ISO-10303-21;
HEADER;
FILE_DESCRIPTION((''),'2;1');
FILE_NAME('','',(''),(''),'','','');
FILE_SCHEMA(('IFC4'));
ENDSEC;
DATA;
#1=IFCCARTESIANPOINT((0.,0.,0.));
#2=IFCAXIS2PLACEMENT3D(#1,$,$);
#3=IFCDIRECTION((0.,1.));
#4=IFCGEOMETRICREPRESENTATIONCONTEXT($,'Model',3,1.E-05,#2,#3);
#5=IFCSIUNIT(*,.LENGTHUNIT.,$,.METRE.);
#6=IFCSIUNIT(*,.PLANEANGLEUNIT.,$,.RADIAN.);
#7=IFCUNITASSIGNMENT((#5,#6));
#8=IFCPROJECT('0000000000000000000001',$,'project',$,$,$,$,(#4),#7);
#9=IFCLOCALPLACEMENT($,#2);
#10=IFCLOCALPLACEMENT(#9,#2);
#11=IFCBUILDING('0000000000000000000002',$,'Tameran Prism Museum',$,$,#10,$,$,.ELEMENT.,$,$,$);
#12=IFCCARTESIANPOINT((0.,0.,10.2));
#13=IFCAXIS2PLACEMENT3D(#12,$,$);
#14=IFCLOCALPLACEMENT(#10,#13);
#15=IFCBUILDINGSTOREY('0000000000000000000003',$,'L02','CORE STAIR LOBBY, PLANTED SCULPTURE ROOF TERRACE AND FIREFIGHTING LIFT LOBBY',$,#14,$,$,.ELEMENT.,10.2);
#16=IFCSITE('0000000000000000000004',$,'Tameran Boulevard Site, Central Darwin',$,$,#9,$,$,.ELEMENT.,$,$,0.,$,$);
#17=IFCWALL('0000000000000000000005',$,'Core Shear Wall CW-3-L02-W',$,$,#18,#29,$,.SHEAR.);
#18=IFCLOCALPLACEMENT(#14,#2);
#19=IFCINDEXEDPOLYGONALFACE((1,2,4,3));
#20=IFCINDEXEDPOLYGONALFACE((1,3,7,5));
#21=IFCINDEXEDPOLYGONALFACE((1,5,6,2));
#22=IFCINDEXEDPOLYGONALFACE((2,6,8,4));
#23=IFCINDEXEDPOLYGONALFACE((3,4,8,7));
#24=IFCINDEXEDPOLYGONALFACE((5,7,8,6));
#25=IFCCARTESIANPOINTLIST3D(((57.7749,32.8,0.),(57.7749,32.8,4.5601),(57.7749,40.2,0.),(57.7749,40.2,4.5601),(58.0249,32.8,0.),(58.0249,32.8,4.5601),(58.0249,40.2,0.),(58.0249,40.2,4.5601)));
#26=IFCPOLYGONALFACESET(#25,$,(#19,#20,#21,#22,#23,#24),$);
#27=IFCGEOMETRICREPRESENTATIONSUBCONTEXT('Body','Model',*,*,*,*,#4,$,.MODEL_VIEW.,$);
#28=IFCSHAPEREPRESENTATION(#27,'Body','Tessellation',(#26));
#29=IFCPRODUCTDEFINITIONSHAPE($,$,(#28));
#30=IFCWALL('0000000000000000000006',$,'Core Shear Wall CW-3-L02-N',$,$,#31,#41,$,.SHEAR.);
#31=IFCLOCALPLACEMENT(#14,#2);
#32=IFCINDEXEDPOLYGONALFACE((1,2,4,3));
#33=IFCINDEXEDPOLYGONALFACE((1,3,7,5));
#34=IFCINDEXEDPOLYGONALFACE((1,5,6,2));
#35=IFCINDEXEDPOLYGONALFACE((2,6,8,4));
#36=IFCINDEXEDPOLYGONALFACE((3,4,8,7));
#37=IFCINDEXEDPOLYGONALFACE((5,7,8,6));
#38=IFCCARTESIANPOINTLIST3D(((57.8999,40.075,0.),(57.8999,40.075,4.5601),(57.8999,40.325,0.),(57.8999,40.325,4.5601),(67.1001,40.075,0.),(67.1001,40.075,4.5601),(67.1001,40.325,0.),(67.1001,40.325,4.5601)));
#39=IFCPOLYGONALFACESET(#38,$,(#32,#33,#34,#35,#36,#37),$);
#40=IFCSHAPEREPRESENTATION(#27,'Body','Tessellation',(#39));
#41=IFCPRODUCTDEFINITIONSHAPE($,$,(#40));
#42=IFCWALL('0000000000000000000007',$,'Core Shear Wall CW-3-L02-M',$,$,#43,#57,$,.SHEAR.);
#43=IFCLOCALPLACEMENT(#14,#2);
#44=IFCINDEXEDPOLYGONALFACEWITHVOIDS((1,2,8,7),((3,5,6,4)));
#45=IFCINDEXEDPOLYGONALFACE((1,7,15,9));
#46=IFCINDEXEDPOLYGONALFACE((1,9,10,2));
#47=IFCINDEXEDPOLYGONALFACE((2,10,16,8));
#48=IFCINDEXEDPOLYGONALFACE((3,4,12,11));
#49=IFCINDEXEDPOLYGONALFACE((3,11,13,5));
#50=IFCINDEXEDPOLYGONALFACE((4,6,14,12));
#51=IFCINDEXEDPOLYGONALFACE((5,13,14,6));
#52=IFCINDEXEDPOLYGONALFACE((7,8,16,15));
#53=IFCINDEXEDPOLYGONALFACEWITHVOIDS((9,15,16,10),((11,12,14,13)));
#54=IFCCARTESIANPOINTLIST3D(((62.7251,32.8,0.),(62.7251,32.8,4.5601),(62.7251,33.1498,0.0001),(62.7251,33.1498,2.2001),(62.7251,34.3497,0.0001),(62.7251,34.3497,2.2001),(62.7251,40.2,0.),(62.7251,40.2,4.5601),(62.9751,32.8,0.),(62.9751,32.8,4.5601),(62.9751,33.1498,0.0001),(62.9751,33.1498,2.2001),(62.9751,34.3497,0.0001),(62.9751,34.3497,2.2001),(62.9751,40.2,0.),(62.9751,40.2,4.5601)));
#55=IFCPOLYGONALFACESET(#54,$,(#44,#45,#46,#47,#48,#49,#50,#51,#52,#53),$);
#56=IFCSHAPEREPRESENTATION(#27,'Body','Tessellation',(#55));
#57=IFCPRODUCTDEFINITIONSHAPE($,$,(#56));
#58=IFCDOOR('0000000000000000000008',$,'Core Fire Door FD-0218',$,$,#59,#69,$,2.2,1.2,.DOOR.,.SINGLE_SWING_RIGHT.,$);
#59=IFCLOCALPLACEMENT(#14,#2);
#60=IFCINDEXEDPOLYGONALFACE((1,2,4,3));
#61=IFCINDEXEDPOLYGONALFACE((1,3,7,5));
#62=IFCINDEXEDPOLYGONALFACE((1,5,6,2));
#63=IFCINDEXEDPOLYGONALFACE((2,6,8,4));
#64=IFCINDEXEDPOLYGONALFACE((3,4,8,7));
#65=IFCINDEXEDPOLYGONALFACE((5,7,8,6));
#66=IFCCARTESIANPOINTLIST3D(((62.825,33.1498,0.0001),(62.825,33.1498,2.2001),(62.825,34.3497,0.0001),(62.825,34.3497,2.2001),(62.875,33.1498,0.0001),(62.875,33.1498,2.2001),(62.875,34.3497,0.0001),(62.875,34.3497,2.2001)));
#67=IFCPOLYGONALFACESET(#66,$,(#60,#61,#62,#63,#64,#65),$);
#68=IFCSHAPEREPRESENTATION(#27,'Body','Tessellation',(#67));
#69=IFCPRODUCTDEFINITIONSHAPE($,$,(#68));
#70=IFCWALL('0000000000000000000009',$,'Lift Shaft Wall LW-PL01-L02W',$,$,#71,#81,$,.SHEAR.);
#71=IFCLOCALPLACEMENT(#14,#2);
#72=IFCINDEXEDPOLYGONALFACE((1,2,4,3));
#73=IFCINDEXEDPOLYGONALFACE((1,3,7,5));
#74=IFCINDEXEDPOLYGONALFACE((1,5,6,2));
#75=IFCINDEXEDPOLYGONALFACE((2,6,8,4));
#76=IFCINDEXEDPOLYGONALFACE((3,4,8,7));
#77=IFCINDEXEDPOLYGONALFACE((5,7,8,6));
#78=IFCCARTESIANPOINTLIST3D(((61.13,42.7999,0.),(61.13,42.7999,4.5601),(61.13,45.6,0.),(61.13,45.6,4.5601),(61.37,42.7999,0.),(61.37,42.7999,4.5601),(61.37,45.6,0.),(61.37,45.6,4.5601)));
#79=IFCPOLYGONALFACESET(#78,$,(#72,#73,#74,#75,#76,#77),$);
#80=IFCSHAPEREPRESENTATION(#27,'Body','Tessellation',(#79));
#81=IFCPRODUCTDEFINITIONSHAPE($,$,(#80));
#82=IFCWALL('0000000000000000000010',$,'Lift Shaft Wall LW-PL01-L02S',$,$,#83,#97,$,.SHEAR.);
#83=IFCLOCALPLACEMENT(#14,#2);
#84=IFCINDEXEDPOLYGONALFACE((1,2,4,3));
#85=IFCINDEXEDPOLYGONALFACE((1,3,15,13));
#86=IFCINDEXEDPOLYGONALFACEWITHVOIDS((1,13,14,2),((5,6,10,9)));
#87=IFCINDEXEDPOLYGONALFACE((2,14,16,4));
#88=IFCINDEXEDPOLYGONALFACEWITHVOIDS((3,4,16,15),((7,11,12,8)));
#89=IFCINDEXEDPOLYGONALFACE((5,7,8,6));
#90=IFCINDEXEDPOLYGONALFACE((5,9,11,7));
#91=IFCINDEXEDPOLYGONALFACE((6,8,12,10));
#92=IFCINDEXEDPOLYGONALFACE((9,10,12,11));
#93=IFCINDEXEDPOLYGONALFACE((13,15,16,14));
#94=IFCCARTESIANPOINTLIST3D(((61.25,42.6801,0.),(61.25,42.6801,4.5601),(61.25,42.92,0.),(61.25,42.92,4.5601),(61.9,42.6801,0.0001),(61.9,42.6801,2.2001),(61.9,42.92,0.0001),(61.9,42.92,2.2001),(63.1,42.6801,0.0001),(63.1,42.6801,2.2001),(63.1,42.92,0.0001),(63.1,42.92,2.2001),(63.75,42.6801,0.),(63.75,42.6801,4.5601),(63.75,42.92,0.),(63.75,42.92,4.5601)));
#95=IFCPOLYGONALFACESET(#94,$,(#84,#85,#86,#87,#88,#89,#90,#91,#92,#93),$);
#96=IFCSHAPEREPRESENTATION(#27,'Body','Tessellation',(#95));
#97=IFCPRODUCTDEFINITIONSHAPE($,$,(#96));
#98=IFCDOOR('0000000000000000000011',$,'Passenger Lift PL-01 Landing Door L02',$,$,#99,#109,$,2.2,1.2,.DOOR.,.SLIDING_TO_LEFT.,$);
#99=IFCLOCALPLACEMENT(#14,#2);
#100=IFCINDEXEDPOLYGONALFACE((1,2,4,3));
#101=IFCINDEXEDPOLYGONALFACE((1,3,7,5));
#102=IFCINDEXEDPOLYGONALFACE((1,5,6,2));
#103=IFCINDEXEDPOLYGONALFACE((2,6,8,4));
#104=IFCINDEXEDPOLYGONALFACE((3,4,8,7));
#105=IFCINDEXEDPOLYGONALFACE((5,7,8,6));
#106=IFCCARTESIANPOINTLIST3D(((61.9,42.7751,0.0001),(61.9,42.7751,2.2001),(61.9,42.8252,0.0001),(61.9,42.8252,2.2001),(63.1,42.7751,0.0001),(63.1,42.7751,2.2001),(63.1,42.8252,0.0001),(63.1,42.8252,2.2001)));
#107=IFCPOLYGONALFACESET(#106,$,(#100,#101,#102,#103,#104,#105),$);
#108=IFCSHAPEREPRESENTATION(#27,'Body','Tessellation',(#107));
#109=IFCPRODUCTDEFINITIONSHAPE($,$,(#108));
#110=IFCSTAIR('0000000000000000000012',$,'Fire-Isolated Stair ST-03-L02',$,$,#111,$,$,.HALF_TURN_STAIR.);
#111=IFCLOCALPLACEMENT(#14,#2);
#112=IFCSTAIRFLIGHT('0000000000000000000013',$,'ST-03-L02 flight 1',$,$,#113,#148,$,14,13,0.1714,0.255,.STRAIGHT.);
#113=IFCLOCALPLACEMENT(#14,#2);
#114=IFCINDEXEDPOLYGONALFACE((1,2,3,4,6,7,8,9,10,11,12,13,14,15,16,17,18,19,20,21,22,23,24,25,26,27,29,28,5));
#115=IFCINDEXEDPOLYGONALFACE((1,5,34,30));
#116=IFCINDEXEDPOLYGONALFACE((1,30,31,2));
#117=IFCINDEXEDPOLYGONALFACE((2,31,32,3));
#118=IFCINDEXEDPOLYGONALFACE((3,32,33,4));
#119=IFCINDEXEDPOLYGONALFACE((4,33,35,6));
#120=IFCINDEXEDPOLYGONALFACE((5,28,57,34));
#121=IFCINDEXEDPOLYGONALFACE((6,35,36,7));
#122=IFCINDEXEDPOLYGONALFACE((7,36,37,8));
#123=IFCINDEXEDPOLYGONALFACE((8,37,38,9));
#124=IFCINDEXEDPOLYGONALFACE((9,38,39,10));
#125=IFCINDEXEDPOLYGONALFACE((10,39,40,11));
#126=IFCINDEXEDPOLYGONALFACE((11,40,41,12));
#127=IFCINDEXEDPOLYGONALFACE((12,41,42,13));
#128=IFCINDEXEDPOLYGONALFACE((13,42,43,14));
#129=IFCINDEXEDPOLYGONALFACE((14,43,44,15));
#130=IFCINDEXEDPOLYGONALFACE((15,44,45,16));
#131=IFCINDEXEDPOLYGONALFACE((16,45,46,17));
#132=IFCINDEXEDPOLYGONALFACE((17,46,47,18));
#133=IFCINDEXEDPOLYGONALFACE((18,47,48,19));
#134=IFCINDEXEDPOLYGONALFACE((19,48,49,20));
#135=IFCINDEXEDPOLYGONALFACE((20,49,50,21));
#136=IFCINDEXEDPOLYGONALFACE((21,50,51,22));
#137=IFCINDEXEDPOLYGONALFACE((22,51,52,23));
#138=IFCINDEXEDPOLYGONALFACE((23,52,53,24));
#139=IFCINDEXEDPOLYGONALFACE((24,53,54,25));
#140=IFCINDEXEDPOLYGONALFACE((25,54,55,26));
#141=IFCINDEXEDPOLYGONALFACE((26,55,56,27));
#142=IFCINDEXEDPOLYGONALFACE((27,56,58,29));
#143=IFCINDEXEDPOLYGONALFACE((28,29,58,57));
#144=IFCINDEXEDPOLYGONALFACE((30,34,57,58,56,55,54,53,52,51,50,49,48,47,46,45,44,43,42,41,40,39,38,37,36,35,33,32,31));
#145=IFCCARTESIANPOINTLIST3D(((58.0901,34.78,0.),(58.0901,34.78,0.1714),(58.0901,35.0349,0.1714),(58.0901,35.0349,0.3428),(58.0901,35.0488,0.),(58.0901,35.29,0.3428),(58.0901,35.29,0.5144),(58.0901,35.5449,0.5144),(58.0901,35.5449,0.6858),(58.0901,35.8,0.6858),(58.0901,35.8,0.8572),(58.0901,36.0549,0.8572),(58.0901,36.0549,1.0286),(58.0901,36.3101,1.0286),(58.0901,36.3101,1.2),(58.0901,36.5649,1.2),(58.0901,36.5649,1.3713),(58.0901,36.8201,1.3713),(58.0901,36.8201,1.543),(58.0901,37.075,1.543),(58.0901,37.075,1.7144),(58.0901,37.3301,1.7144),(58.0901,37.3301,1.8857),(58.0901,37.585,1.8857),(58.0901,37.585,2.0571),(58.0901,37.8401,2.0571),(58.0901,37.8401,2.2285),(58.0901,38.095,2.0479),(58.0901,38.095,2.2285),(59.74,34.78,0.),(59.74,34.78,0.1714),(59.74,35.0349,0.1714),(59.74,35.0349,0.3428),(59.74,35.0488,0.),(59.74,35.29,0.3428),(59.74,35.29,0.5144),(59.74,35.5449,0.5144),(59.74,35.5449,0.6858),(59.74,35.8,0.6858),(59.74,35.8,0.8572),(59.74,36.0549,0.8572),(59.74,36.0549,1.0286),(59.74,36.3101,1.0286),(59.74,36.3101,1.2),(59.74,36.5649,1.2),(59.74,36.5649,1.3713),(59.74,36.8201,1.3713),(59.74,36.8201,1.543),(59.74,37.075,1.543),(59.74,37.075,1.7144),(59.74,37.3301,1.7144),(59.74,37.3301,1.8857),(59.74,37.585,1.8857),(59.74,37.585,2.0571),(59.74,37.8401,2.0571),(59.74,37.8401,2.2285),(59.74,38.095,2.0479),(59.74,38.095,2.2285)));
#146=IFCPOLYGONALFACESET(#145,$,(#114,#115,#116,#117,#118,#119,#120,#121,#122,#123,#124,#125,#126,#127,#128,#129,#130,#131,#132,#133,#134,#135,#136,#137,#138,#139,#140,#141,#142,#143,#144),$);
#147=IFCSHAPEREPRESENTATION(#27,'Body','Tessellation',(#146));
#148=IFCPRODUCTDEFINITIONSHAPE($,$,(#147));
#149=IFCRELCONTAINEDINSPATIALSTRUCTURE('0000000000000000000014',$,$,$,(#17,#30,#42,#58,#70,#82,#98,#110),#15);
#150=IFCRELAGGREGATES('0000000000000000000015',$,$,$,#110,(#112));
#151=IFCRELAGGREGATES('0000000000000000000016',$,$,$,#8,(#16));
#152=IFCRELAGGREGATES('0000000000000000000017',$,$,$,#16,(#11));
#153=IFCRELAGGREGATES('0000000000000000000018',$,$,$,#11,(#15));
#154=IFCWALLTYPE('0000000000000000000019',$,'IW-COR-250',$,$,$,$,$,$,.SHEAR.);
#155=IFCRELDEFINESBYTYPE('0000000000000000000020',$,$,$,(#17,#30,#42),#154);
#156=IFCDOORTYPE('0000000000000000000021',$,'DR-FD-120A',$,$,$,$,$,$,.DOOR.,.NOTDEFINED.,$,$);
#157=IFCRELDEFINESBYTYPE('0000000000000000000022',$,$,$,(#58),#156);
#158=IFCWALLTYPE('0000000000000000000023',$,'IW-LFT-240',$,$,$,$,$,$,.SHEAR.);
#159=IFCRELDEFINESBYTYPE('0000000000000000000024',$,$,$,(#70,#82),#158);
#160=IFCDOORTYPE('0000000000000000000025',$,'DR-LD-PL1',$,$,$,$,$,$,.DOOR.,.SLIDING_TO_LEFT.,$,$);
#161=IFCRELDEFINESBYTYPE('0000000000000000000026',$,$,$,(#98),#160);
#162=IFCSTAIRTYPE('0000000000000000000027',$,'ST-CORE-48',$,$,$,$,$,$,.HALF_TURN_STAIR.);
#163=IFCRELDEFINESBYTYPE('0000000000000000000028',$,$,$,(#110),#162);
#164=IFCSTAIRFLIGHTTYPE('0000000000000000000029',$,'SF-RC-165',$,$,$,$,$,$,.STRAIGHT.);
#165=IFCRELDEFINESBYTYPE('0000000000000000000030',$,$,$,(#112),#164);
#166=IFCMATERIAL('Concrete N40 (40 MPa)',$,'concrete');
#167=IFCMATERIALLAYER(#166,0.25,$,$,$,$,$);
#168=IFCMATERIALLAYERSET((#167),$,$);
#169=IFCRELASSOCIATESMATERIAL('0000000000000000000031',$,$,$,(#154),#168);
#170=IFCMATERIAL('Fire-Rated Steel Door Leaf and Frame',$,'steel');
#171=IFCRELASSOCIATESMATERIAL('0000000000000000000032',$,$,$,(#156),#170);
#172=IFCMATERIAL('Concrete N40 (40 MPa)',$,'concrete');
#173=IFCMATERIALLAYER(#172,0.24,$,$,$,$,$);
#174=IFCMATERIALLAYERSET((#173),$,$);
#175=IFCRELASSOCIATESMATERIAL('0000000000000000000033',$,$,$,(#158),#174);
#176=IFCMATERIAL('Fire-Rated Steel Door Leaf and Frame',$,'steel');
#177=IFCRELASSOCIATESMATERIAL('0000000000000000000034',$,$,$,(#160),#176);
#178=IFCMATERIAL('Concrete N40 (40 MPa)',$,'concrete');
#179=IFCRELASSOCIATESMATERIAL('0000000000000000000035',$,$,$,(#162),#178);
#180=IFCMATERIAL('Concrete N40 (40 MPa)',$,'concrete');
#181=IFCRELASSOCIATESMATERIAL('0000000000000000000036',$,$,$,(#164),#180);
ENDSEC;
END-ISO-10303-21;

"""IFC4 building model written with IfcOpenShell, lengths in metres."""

from ifc_helpers import new_model, si_unit, direction, frame, frame_2d, origin, place, context, subcontext, project, spatial, polyline, rectangle, outline, extrude, material, layer, layer_set, type_object, element, fill, aggregate, save


model = new_model("IFC4")

# Units and contexts
model_context = context("Model", 3, precision=1e-05, world=origin(), true_north=direction((0.0, 1.0)))
body_context = subcontext(model_context, "Body", "Model", "MODEL_VIEW")
ifc_project = project(units=[si_unit("LENGTHUNIT", "METRE"), si_unit("PLANEANGLEUNIT", "RADIAN")], contexts=[model_context])

# Site, building, storey
site_placement = place(None, origin())
site = spatial("IfcSite", under=ifc_project, at=site_placement, Name="Tameran Boulevard Site, Central Darwin", CompositionType="ELEMENT", RefElevation=0.0)
building_placement = place(site_placement, origin())
building = spatial("IfcBuilding", under=site, at=building_placement, Name="Tameran Prism Museum", CompositionType="ELEMENT")
storey_placement = place(building_placement, frame((0.0, 0.0, 10.2)))
storey = spatial("IfcBuildingStorey", under=building, at=storey_placement, Name="L02", Description="CORE STAIR LOBBY, PLANTED SCULPTURE ROOF TERRACE AND FIREFIGHTING LIFT LOBBY", CompositionType="ELEMENT", Elevation=10.2)

# Walls
ifc_material_1 = material(Name="Concrete N40 (40 MPa)", Category="concrete")
ifc_layer_1 = layer(ifc_material_1, 0.25)
ifc_layer_set_1 = layer_set([ifc_layer_1])
wall_type_1 = type_object("IfcWallType", Name="IW-COR-250", PredefinedType="SHEAR", material=ifc_layer_set_1)
wall_1_placement = place(storey_placement, frame((57.8999, 32.8, 0.0), z_axis=(0.0, 0.0, 1.0), x_axis=(0.0, 1.0, 0.0)))
element("IfcWall", 1, at=wall_1_placement, inside=storey, type_object=wall_type_1, Name="Core Shear Wall CW-3-L02-W", PredefinedType="SHEAR", context=body_context, shape_type="SweptSolid", body=[
    extrude(rectangle(XDim=7.3999, YDim=0.25, at=frame_2d((3.7, 0.0))), origin(), (0.0, 0.0, 1.0), 4.5601),
])
wall_2_placement = place(storey_placement, frame((57.8999, 40.2, 0.0), z_axis=(0.0, 0.0, 1.0), x_axis=(1.0, 0.0, 0.0)))
element("IfcWall", 2, at=wall_2_placement, inside=storey, type_object=wall_type_1, Name="Core Shear Wall CW-3-L02-N", PredefinedType="SHEAR", context=body_context, shape_type="SweptSolid", body=[
    extrude(rectangle(XDim=9.2002, YDim=0.25, at=frame_2d((4.6001, 0.0))), origin(), (0.0, 0.0, 1.0), 4.5601),
])

# Wall, opening, door
wall_3_placement = place(storey_placement, frame((62.8501, 40.2, 0.0), z_axis=(0.0, 0.0, 1.0), x_axis=(0.0, -1.0, 0.0)))
wall_3 = element("IfcWall", 3, at=wall_3_placement, inside=storey, type_object=wall_type_1, Name="Core Shear Wall CW-3-L02-M", PredefinedType="SHEAR", context=body_context, shape_type="SweptSolid", body=[
    extrude(rectangle(XDim=7.3999, YDim=0.25, at=frame_2d((3.7, 0.0))), origin(), (0.0, 0.0, 1.0), 4.5601),
])
opening_1_placement = place(wall_3_placement, frame((5.8501, 0.0, 0.0)))
opening_1 = element("IfcOpeningElement", 4, at=opening_1_placement, cuts=wall_3, PredefinedType="OPENING", context=body_context, shape_type="SweptSolid", body=[
    extrude(rectangle(XDim=1.2, YDim=2.2, at=frame_2d((0.6001, 1.1001))), frame((0.0, 0.135, 0.0), z_axis=(0.0, -1.0, 0.0), x_axis=(1.0, 0.0, 0.0)), (0.0, 0.0, 1.0), 0.27),
])
ifc_material_2 = material(Name="Fire-Rated Steel Door Leaf and Frame", Category="steel")
door_type_1 = type_object("IfcDoorType", Name="DR-FD-120A", OperationType="NOTDEFINED", PredefinedType="DOOR", material=ifc_material_2)
door_1_placement = place(opening_1_placement, origin())
door_1 = element("IfcDoor", 5, at=door_1_placement, inside=storey, type_object=door_type_1, Name="Core Fire Door FD-0218", OperationType="SINGLE_SWING_RIGHT", OverallHeight=2.2, OverallWidth=1.2, PredefinedType="DOOR", context=body_context, shape_type="SweptSolid", body=[
    extrude(rectangle(XDim=1.2, YDim=2.2, at=frame_2d((0.6001, 1.1001))), frame((0.0, 0.0249, 0.0), z_axis=(0.0, -1.0, 0.0), x_axis=(1.0, 0.0, 0.0)), (0.0, 0.0, 1.0), 0.05),
])
fill(opening_1, door_1)

# Wall
ifc_material_3 = material(Name="Concrete N40 (40 MPa)", Category="concrete")
ifc_layer_2 = layer(ifc_material_3, 0.24)
ifc_layer_set_2 = layer_set([ifc_layer_2])
wall_type_2 = type_object("IfcWallType", Name="IW-LFT-240", PredefinedType="SHEAR", material=ifc_layer_set_2)
wall_4_placement = place(storey_placement, frame((61.25, 42.8, 0.0), z_axis=(0.0, 0.0, 1.0), x_axis=(0.0, 1.0, 0.0)))
element("IfcWall", 6, at=wall_4_placement, inside=storey, type_object=wall_type_2, Name="Lift Shaft Wall LW-PL01-L02W", PredefinedType="SHEAR", context=body_context, shape_type="SweptSolid", body=[
    extrude(rectangle(XDim=2.8, YDim=0.24, at=frame_2d((1.3999, 0.0))), origin(), (0.0, 0.0, 1.0), 4.5601),
])

# Wall, opening, door
wall_5_placement = place(storey_placement, frame((63.75, 42.8, 0.0), z_axis=(0.0, 0.0, 1.0), x_axis=(-1.0, 0.0, 0.0)))
wall_5 = element("IfcWall", 7, at=wall_5_placement, inside=storey, type_object=wall_type_2, Name="Lift Shaft Wall LW-PL01-L02S", PredefinedType="SHEAR", context=body_context, shape_type="SweptSolid", body=[
    extrude(rectangle(XDim=2.5, YDim=0.24, at=frame_2d((1.25, 0.0))), origin(), (0.0, 0.0, 1.0), 4.5601),
])
opening_2_placement = place(wall_5_placement, frame((0.6499, 0.0, 0.0)))
opening_2 = element("IfcOpeningElement", 8, at=opening_2_placement, cuts=wall_5, PredefinedType="OPENING", context=body_context, shape_type="SweptSolid", body=[
    extrude(rectangle(XDim=1.2, YDim=2.2, at=frame_2d((0.6001, 1.1001))), frame((0.0, 0.1299, 0.0), z_axis=(0.0, -1.0, 0.0), x_axis=(1.0, 0.0, 0.0)), (0.0, 0.0, 1.0), 0.26),
])
ifc_material_4 = material(Name="Fire-Rated Steel Door Leaf and Frame", Category="steel")
door_type_2 = type_object("IfcDoorType", Name="DR-LD-PL1", OperationType="SLIDING_TO_LEFT", PredefinedType="DOOR", material=ifc_material_4)
door_2_placement = place(opening_2_placement, origin())
door_2 = element("IfcDoor", 9, at=door_2_placement, inside=storey, type_object=door_type_2, Name="Passenger Lift PL-01 Landing Door L02", OperationType="SLIDING_TO_LEFT", OverallHeight=2.2, OverallWidth=1.2, PredefinedType="DOOR", context=body_context, shape_type="SweptSolid", body=[
    extrude(rectangle(XDim=1.2, YDim=2.2, at=frame_2d((0.6001, 1.1001))), frame((0.0, 0.0249, 0.0), z_axis=(0.0, -1.0, 0.0), x_axis=(1.0, 0.0, 0.0)), (0.0, 0.0, 1.0), 0.05),
])
fill(opening_2, door_2)

# Stair, stair flight
ifc_material_5 = material(Name="Concrete N40 (40 MPa)", Category="concrete")
stair_type = type_object("IfcStairType", Name="ST-CORE-48", PredefinedType="HALF_TURN_STAIR", material=ifc_material_5)
stair_placement = place(storey_placement, origin())
stair = element("IfcStair", 10, at=stair_placement, inside=storey, type_object=stair_type, Name="Fire-Isolated Stair ST-03-L02", PredefinedType="HALF_TURN_STAIR")
ifc_material_6 = material(Name="Concrete N40 (40 MPa)", Category="concrete")
stair_flight_type = type_object("IfcStairFlightType", Name="SF-RC-165", PredefinedType="STRAIGHT", material=ifc_material_6)
stair_flight_1_placement = place(storey_placement, frame((58.915, 34.78, 0.0), z_axis=(0.0, 0.0, 1.0), x_axis=(0.0, 1.0, 0.0)))
stair_flight_1 = element("IfcStairFlight", 11, at=stair_flight_1_placement, type_object=stair_flight_type, Name="ST-03-L02 flight 1", NumberOfRisers=14, NumberOfTreads=13, PredefinedType="STRAIGHT", RiserHeight=0.1714, TreadLength=0.255, context=body_context, shape_type="SweptSolid", body=[
    extrude(outline(polyline([(0.0, 0.0), (0.0, 0.1714), (0.2549, 0.1714), (0.2549, 0.3428), (0.51, 0.3428), (0.51, 0.5144), (0.7649, 0.5144), (0.7649, 0.6858), (1.02, 0.6858), (1.02, 0.8572), (1.2749, 0.8572), (1.2749, 1.0286), (1.53, 1.0286), (1.53, 1.2), (1.7849, 1.2), (1.7849, 1.3713), (2.04, 1.3713), (2.04, 1.543), (2.2949, 1.543), (2.2949, 1.7144), (2.55, 1.7144), (2.55, 1.8857), (2.8049, 1.8857), (2.8049, 2.0571), (3.0601, 2.0571), (3.0601, 2.2285), (3.3149, 2.2285), (3.3149, 2.3999), (3.3149, 2.0479), (0.2688, 0.0), (0.0, 0.0)])), frame((0.0, 0.825, 0.0), z_axis=(0.0, -1.0, 0.0), x_axis=(1.0, 0.0, 0.0)), (0.0, 0.0, 1.0), 1.6499),
])
aggregate(stair, [stair_flight_1])

save(model, "model.ifc")
